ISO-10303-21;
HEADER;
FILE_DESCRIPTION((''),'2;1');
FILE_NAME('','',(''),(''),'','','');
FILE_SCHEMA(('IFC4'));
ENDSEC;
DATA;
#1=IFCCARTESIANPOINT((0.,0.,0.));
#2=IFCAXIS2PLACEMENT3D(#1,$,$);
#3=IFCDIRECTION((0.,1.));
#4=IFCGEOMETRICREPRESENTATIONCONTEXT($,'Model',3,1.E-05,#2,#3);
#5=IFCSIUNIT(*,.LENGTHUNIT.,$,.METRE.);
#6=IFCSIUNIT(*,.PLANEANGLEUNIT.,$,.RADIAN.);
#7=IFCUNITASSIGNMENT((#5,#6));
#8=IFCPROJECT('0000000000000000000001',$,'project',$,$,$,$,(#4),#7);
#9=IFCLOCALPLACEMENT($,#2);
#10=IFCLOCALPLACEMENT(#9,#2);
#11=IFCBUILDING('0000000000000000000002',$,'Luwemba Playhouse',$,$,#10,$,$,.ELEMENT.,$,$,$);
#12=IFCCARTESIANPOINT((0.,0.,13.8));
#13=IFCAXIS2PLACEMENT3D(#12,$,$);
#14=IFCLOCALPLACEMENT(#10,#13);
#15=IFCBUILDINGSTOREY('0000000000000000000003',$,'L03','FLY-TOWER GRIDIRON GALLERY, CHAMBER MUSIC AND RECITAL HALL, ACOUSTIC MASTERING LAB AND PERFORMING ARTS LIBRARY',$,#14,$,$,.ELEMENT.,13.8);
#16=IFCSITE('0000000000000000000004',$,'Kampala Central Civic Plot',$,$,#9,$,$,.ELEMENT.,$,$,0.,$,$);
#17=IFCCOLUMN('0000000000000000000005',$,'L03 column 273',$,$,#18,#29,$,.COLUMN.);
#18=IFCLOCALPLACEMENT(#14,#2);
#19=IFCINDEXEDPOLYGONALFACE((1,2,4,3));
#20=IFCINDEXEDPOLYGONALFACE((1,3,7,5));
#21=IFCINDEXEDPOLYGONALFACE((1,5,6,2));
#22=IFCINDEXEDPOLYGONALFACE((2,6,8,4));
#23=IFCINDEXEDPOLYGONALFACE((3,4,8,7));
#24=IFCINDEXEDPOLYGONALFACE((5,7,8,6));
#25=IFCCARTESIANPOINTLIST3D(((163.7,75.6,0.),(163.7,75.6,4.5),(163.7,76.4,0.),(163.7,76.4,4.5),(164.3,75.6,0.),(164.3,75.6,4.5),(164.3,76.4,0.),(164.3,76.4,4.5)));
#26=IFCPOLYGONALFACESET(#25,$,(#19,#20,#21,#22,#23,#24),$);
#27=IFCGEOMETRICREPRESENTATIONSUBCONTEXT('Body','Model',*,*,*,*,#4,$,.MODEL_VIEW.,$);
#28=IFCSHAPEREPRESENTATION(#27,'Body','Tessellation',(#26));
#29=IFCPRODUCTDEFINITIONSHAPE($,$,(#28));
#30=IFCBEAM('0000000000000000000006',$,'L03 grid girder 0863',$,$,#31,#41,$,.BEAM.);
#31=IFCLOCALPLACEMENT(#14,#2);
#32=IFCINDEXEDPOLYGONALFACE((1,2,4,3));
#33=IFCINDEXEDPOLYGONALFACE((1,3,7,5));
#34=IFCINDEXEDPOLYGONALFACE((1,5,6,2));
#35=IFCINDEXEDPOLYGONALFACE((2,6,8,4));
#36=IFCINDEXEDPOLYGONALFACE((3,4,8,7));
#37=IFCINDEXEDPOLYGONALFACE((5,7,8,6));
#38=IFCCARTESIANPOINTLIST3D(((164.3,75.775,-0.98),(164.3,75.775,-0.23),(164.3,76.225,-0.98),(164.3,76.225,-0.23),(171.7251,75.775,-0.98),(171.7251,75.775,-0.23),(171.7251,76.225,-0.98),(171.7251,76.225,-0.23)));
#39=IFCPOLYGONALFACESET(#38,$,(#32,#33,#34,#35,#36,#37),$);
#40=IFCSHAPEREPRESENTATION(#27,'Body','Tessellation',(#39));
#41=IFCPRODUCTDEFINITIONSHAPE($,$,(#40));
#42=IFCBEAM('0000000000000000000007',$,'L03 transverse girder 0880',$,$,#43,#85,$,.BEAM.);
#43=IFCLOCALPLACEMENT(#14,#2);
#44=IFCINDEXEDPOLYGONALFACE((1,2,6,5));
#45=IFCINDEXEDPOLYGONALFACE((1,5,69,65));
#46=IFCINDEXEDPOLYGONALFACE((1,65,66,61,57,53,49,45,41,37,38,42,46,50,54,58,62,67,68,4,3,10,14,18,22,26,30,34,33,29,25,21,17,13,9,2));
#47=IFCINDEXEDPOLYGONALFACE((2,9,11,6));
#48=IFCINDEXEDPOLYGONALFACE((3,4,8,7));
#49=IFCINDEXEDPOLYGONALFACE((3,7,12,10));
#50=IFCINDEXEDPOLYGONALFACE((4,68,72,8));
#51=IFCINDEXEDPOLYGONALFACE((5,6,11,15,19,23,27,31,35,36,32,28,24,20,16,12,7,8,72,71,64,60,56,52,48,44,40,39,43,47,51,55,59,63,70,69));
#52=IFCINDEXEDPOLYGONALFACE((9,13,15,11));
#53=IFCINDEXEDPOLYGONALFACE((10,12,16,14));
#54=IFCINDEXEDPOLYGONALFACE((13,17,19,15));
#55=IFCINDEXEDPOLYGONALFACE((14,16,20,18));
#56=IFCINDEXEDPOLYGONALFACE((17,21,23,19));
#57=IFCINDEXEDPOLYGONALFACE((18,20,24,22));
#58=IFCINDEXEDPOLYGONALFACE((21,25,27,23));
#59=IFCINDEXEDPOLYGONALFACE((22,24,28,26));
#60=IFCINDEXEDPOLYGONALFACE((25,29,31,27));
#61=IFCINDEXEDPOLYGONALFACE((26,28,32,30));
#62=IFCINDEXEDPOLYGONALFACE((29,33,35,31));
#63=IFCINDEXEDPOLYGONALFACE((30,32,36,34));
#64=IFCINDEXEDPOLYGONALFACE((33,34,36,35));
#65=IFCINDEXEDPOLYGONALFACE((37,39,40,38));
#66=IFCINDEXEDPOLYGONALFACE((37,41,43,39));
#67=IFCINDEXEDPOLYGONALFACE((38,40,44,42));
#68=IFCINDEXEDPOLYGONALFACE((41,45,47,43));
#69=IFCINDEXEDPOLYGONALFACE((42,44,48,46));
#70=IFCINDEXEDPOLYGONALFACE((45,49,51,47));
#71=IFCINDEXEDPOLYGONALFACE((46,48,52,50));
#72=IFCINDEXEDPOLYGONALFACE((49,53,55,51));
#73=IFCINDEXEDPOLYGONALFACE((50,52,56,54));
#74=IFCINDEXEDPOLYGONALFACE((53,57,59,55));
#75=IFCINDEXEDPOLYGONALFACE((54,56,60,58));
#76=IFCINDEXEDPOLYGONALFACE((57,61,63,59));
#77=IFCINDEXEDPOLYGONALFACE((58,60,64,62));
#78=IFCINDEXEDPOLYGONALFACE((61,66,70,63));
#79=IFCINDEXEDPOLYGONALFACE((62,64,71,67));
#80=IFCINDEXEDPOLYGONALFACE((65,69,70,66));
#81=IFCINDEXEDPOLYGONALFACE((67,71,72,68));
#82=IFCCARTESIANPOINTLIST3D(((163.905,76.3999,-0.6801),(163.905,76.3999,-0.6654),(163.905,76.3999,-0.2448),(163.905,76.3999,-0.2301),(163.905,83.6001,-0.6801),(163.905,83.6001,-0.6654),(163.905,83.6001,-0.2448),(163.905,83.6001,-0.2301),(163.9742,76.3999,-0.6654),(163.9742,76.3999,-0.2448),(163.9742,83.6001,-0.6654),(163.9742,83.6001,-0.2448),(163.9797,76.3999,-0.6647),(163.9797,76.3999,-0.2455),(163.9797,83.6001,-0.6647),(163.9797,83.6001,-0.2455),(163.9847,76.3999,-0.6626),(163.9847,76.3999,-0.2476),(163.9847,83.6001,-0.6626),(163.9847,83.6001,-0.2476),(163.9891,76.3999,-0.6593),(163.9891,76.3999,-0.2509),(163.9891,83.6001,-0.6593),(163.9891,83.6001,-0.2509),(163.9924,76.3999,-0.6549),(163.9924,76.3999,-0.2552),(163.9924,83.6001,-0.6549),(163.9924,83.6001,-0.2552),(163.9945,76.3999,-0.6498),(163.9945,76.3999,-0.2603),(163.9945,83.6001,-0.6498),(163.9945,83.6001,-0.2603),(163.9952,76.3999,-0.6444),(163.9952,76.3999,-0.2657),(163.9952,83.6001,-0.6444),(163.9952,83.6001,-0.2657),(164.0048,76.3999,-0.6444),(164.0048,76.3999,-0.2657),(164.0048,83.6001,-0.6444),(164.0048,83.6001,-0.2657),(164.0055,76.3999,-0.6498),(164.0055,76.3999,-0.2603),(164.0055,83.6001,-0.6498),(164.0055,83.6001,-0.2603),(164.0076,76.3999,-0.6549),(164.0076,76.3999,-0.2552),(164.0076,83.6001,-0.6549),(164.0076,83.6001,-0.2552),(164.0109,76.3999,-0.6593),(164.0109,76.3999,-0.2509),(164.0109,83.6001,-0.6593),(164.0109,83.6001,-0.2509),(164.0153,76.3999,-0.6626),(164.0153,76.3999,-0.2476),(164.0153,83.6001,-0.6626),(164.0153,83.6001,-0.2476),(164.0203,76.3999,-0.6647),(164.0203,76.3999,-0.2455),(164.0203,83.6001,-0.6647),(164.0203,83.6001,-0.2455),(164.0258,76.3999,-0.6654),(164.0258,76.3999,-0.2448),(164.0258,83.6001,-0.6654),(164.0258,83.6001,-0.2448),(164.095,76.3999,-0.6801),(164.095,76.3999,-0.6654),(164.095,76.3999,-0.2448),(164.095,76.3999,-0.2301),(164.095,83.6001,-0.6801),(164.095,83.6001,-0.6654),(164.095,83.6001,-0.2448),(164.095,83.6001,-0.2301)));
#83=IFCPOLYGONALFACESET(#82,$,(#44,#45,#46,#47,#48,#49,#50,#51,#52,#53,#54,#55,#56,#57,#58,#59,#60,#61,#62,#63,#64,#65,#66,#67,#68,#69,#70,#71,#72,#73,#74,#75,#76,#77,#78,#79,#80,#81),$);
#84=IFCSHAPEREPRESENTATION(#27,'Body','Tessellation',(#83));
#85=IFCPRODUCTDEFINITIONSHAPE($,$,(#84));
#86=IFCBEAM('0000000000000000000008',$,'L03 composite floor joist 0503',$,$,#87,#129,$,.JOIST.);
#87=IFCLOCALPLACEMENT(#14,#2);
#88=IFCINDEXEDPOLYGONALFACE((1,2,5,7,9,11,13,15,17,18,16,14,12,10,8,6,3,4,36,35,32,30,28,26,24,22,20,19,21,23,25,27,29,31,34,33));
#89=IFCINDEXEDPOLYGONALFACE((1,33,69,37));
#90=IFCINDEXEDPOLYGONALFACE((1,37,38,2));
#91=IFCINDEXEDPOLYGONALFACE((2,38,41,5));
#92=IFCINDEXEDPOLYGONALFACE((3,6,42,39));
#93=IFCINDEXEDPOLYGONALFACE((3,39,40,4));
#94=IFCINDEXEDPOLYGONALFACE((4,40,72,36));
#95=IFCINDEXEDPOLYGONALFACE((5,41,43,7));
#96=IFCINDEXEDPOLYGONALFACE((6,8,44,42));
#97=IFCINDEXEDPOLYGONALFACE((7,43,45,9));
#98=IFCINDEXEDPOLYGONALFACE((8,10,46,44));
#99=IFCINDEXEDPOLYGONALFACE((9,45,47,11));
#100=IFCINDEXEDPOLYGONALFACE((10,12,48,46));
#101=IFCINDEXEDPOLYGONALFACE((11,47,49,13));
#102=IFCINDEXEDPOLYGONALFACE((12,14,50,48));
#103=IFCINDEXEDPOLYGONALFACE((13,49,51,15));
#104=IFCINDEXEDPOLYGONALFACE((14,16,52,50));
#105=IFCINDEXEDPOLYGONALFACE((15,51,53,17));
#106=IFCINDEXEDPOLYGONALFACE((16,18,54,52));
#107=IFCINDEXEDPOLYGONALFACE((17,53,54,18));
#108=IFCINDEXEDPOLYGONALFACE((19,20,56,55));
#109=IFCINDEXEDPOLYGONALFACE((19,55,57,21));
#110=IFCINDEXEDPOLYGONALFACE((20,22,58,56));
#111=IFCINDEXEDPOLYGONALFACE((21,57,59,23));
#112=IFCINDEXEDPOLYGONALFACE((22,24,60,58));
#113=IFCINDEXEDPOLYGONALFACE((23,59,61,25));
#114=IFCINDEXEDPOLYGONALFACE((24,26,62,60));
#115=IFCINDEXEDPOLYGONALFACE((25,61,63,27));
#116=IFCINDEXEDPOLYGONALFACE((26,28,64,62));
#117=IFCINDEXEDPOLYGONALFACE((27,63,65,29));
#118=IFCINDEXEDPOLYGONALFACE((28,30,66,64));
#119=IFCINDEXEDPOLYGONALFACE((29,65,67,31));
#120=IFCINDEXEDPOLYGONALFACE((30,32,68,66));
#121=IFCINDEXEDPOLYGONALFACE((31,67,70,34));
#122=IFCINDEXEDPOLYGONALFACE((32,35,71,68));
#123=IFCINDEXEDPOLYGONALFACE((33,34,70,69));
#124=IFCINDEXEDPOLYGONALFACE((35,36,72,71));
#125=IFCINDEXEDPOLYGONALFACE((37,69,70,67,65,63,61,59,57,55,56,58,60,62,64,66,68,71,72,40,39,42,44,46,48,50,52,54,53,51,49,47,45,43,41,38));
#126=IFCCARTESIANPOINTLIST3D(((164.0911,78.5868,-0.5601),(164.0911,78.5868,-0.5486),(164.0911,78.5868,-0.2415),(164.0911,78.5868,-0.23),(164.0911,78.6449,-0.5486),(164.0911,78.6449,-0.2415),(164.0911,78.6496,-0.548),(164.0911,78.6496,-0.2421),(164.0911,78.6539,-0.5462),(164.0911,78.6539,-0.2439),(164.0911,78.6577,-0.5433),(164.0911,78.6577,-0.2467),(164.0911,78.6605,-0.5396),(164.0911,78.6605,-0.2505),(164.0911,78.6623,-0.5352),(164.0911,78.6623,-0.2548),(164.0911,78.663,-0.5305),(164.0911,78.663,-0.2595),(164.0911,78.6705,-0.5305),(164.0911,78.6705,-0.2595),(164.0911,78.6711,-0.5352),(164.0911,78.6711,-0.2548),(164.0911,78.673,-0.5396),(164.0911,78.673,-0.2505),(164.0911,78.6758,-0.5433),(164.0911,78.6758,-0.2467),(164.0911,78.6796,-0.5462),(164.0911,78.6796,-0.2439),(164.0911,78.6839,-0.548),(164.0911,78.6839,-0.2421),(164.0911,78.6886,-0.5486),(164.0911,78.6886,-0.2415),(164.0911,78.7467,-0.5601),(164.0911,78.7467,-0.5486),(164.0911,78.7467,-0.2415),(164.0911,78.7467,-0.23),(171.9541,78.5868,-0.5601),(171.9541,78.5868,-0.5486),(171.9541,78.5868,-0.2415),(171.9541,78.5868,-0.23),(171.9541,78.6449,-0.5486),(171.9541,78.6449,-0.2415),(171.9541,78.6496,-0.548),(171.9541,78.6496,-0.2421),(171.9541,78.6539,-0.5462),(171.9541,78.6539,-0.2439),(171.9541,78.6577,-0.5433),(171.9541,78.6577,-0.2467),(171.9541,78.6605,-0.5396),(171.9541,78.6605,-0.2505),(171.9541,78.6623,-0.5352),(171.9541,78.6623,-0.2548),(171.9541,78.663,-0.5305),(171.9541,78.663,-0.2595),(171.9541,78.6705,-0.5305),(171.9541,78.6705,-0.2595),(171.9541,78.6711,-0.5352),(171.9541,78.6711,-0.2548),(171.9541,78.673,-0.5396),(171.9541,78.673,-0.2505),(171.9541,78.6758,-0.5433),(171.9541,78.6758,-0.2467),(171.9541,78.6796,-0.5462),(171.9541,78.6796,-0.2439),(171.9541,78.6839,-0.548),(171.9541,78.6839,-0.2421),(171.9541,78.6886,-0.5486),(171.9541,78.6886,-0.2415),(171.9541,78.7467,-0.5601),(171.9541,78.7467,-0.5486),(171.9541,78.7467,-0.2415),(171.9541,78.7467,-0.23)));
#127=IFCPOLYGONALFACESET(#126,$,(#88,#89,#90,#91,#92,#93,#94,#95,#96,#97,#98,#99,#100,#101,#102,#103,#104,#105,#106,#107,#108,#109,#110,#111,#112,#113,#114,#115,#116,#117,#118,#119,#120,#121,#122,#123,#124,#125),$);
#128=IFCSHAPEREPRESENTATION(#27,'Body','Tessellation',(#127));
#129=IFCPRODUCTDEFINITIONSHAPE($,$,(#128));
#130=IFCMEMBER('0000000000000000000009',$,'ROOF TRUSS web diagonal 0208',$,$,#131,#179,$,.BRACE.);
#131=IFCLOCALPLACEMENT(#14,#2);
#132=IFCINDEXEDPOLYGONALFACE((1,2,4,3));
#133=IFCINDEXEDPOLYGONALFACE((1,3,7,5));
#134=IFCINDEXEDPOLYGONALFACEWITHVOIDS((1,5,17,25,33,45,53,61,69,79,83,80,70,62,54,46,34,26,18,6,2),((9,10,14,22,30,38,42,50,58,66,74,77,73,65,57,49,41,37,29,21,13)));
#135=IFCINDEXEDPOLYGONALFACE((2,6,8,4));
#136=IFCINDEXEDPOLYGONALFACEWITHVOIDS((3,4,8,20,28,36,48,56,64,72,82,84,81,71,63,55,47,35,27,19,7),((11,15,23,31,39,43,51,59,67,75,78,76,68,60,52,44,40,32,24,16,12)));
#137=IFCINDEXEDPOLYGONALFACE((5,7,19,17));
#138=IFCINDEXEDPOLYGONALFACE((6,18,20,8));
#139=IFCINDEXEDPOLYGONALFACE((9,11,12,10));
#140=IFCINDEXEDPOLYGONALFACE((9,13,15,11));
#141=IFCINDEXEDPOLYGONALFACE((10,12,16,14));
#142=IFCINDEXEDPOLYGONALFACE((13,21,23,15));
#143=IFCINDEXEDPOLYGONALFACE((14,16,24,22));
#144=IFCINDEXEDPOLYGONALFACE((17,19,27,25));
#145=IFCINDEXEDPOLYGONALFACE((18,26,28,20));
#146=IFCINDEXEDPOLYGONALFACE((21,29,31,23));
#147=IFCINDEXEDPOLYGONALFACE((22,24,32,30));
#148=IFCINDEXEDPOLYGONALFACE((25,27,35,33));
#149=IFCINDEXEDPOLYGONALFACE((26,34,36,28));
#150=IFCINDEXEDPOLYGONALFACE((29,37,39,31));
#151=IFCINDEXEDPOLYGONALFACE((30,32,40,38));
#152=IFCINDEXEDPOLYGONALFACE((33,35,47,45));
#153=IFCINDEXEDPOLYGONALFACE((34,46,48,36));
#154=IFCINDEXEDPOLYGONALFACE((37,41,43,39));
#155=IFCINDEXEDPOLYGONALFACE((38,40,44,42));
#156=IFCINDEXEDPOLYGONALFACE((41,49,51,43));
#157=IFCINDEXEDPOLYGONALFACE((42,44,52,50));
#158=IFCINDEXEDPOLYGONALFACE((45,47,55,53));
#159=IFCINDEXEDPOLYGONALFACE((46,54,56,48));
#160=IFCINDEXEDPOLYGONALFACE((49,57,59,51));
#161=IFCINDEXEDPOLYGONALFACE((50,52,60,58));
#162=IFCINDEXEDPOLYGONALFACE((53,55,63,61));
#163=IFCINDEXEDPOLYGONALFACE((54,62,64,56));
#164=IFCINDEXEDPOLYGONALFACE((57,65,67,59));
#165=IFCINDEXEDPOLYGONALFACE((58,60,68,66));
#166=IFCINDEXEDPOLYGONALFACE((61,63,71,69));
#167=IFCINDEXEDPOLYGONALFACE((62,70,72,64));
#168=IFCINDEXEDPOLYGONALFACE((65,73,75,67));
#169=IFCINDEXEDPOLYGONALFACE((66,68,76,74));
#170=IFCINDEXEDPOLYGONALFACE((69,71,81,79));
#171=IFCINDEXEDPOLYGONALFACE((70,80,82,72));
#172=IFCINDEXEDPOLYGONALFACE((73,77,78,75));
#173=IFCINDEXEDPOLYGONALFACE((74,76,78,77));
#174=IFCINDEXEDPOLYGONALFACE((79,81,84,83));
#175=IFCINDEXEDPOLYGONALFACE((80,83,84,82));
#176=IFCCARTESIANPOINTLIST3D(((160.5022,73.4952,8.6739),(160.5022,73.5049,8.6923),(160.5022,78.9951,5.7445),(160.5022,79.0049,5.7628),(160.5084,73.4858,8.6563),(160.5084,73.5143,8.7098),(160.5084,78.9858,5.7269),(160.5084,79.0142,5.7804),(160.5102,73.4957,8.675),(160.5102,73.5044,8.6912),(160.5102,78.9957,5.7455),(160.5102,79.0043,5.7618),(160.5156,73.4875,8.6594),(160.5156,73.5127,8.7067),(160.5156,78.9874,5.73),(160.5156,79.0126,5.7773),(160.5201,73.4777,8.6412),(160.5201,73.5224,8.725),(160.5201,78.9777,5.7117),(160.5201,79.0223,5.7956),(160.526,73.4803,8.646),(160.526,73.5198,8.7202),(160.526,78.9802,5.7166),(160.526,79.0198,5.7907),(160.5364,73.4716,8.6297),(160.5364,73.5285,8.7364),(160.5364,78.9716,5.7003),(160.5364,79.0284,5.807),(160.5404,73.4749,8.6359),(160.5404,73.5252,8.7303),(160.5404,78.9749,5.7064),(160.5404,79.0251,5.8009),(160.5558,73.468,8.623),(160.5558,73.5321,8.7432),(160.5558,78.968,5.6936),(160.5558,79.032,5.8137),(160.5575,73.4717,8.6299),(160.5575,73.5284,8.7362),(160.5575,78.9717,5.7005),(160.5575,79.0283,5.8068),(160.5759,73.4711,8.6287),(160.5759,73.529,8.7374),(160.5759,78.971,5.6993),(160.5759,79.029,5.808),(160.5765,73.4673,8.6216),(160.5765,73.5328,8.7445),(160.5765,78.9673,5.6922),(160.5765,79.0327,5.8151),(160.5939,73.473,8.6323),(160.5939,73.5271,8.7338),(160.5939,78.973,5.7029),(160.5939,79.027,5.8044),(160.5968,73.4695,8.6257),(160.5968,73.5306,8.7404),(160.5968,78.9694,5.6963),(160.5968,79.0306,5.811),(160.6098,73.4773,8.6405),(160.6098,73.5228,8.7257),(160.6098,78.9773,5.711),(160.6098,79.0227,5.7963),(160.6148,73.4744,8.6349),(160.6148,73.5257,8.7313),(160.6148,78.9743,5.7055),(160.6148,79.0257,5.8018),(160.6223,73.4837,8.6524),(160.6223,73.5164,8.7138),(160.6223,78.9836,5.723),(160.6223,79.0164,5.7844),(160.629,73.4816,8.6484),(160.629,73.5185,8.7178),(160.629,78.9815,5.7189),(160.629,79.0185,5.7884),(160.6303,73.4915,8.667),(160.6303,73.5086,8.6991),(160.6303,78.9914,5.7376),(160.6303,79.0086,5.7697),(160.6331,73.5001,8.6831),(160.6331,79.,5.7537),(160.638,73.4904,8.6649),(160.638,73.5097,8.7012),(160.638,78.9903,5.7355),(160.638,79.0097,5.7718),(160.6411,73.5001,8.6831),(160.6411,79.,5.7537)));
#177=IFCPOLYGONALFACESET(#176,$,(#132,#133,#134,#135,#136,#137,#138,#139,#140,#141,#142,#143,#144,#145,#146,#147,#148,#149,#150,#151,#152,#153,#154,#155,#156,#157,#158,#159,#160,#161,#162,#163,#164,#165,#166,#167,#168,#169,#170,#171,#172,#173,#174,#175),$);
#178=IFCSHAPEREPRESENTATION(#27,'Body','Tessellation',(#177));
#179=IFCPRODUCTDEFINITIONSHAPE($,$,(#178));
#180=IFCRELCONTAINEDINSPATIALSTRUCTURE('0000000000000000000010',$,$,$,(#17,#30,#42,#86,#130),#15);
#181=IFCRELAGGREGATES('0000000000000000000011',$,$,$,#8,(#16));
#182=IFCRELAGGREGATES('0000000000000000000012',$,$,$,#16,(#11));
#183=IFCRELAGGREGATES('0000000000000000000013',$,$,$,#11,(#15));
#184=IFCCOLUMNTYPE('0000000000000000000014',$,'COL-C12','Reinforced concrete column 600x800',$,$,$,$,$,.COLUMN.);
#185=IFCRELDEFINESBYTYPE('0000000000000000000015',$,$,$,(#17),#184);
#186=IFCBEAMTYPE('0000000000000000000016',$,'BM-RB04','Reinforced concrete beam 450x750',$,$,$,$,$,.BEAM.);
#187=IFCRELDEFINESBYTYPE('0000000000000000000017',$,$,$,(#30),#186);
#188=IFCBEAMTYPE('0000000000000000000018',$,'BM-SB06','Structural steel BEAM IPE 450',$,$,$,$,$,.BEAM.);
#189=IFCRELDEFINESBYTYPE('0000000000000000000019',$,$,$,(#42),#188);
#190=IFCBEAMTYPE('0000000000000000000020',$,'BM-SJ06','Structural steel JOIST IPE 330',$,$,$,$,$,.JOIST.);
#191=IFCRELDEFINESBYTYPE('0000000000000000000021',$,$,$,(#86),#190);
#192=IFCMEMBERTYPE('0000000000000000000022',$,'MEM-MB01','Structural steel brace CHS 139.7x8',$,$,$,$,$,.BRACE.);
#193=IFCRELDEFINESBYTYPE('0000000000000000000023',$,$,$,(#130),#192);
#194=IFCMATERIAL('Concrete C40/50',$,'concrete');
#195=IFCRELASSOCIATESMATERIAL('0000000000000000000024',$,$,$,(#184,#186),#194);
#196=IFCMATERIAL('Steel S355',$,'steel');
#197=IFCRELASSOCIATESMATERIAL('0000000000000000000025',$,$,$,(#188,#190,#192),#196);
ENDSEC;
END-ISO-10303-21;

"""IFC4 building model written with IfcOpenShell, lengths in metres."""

from ifc_helpers import new_model, si_unit, direction, frame, origin, origin_2d, place, context, subcontext, project, spatial, rectangle, hollow_circle, i_section, extrude, material, material_profile, profile_set, type_object, element, save


model = new_model("IFC4")

# Units and contexts
model_context = context("Model", 3, precision=1e-05, world=origin(), true_north=direction((0.0, 1.0)))
body_context = subcontext(model_context, "Body", "Model", "MODEL_VIEW")
ifc_project = project(units=[si_unit("LENGTHUNIT", "METRE"), si_unit("PLANEANGLEUNIT", "RADIAN")], contexts=[model_context])

# Site, building, storey
site_placement = place(None, origin())
site = spatial("IfcSite", under=ifc_project, at=site_placement, Name="Kampala Central Civic Plot", CompositionType="ELEMENT", RefElevation=0.0)
building_placement = place(site_placement, origin())
building = spatial("IfcBuilding", under=site, at=building_placement, Name="Luwemba Playhouse", CompositionType="ELEMENT")
storey_placement = place(building_placement, frame((0.0, 0.0, 13.8)))
storey = spatial("IfcBuildingStorey", under=building, at=storey_placement, Name="L03", Description="FLY-TOWER GRIDIRON GALLERY, CHAMBER MUSIC AND RECITAL HALL, ACOUSTIC MASTERING LAB AND PERFORMING ARTS LIBRARY", CompositionType="ELEMENT", Elevation=13.8)

# Column
ifc_material_1 = material(Name="Concrete C40/50", Category="concrete")
ifc_material_profile_1 = material_profile(ifc_material_1, rectangle(XDim=0.6001, YDim=0.8, at=origin_2d()))
ifc_profile_set_1 = profile_set([ifc_material_profile_1], Name="Concrete C40/50")
column_type = type_object("IfcColumnType", Name="COL-C12", Description="Reinforced concrete column 600x800", PredefinedType="COLUMN", material=ifc_profile_set_1)
column_placement = place(storey_placement, frame((164.0, 76.0, 0.0), z_axis=(0.0, 0.0, 1.0), x_axis=(1.0, 0.0, 0.0)))
element("IfcColumn", 1, at=column_placement, inside=storey, type_object=column_type, Name="L03 column 273", PredefinedType="COLUMN", context=body_context, shape_type="SweptSolid", body=[
    extrude(rectangle(XDim=0.6001, YDim=0.8, at=origin_2d()), origin(), (0.0, 0.0, 1.0), 4.5),
])

# Beams
ifc_material_profile_2 = material_profile(ifc_material_1, rectangle(XDim=0.45, YDim=0.75, at=origin_2d()))
ifc_profile_set_2 = profile_set([ifc_material_profile_2], Name="Concrete C40/50")
beam_type_1 = type_object("IfcBeamType", Name="BM-RB04", Description="Reinforced concrete beam 450x750", PredefinedType="BEAM", material=ifc_profile_set_2)
beam_1_placement = place(storey_placement, frame((164.3, 76.0, -0.605), z_axis=(1.0, 0.0, 0.0), x_axis=(0.0, 1.0, 0.0)))
element("IfcBeam", 2, at=beam_1_placement, inside=storey, type_object=beam_type_1, Name="L03 grid girder 0863", PredefinedType="BEAM", context=body_context, shape_type="SweptSolid", body=[
    extrude(rectangle(XDim=0.45, YDim=0.75, at=origin_2d()), origin(), (0.0, 0.0, 1.0), 7.425),
])
ifc_material_2 = material(Name="Steel S355", Category="steel")
ifc_material_profile_3 = material_profile(ifc_material_2, i_section(OverallWidth=0.1899, OverallDepth=0.45, WebThickness=0.0095, FlangeThickness=0.0146, FilletRadius=0.021, at=origin_2d()))
ifc_profile_set_3 = profile_set([ifc_material_profile_3], Name="Steel S355")
beam_type_2 = type_object("IfcBeamType", Name="BM-SB06", Description="Structural steel BEAM IPE 450", PredefinedType="BEAM", material=ifc_profile_set_3)
beam_2_placement = place(storey_placement, frame((164.0, 76.3999, -0.4551), z_axis=(0.0, 1.0, 0.0), x_axis=(-1.0, 0.0, 0.0)))
element("IfcBeam", 3, at=beam_2_placement, inside=storey, type_object=beam_type_2, Name="L03 transverse girder 0880", PredefinedType="BEAM", context=body_context, shape_type="SweptSolid", body=[
    extrude(i_section(OverallWidth=0.1899, OverallDepth=0.45, WebThickness=0.0095, FlangeThickness=0.0146, FilletRadius=0.021, at=origin_2d()), origin(), (0.0, 0.0, 1.0), 7.2002),
])
ifc_material_profile_4 = material_profile(ifc_material_2, i_section(OverallWidth=0.1599, OverallDepth=0.3301, WebThickness=0.0076, FlangeThickness=0.0115, FilletRadius=0.0181, at=origin_2d()))
ifc_profile_set_4 = profile_set([ifc_material_profile_4], Name="Steel S355")
beam_type_3 = type_object("IfcBeamType", Name="BM-SJ06", Description="Structural steel JOIST IPE 330", PredefinedType="JOIST", material=ifc_profile_set_4)
beam_3_placement = place(storey_placement, frame((164.0911, 78.6667, -0.395), z_axis=(1.0, 0.0, 0.0), x_axis=(0.0, 1.0, 0.0)))
element("IfcBeam", 4, at=beam_3_placement, inside=storey, type_object=beam_type_3, Name="L03 composite floor joist 0503", PredefinedType="JOIST", context=body_context, shape_type="SweptSolid", body=[
    extrude(i_section(OverallWidth=0.1599, OverallDepth=0.3301, WebThickness=0.0076, FlangeThickness=0.0115, FilletRadius=0.0181, at=origin_2d()), origin(), (0.0, 0.0, 1.0), 7.863),
])

# Member
ifc_material_profile_5 = material_profile(ifc_material_2, hollow_circle(Radius=0.0698, WallThickness=0.0081, at=origin_2d()))
ifc_profile_set_5 = profile_set([ifc_material_profile_5], Name="Steel S355")
member_type_1 = type_object("IfcMemberType", Name="MEM-MB01", Description="Structural steel brace CHS 139.7x8", PredefinedType="BRACE", material=ifc_profile_set_5)
for number, where, z_axis, x_axis, name in (
    (5, (160.5713, 79.0, 5.7537), (0.0, -0.882612, 0.470102), (1.0, 0.0, 0.0), "ROOF TRUSS web diagonal 0208"),
):
    element("IfcMember", number, at=place(storey_placement, frame(where, z_axis=z_axis, x_axis=x_axis)), inside=storey, type_object=member_type_1, Name=name, PredefinedType="BRACE", context=body_context, shape_type="SweptSolid", body=[
        extrude(hollow_circle(Radius=0.0698, WallThickness=0.0081, at=origin_2d()), origin(), (0.0, 0.0, 1.0), 6.2314),
    ])

save(model, "model.ifc")
